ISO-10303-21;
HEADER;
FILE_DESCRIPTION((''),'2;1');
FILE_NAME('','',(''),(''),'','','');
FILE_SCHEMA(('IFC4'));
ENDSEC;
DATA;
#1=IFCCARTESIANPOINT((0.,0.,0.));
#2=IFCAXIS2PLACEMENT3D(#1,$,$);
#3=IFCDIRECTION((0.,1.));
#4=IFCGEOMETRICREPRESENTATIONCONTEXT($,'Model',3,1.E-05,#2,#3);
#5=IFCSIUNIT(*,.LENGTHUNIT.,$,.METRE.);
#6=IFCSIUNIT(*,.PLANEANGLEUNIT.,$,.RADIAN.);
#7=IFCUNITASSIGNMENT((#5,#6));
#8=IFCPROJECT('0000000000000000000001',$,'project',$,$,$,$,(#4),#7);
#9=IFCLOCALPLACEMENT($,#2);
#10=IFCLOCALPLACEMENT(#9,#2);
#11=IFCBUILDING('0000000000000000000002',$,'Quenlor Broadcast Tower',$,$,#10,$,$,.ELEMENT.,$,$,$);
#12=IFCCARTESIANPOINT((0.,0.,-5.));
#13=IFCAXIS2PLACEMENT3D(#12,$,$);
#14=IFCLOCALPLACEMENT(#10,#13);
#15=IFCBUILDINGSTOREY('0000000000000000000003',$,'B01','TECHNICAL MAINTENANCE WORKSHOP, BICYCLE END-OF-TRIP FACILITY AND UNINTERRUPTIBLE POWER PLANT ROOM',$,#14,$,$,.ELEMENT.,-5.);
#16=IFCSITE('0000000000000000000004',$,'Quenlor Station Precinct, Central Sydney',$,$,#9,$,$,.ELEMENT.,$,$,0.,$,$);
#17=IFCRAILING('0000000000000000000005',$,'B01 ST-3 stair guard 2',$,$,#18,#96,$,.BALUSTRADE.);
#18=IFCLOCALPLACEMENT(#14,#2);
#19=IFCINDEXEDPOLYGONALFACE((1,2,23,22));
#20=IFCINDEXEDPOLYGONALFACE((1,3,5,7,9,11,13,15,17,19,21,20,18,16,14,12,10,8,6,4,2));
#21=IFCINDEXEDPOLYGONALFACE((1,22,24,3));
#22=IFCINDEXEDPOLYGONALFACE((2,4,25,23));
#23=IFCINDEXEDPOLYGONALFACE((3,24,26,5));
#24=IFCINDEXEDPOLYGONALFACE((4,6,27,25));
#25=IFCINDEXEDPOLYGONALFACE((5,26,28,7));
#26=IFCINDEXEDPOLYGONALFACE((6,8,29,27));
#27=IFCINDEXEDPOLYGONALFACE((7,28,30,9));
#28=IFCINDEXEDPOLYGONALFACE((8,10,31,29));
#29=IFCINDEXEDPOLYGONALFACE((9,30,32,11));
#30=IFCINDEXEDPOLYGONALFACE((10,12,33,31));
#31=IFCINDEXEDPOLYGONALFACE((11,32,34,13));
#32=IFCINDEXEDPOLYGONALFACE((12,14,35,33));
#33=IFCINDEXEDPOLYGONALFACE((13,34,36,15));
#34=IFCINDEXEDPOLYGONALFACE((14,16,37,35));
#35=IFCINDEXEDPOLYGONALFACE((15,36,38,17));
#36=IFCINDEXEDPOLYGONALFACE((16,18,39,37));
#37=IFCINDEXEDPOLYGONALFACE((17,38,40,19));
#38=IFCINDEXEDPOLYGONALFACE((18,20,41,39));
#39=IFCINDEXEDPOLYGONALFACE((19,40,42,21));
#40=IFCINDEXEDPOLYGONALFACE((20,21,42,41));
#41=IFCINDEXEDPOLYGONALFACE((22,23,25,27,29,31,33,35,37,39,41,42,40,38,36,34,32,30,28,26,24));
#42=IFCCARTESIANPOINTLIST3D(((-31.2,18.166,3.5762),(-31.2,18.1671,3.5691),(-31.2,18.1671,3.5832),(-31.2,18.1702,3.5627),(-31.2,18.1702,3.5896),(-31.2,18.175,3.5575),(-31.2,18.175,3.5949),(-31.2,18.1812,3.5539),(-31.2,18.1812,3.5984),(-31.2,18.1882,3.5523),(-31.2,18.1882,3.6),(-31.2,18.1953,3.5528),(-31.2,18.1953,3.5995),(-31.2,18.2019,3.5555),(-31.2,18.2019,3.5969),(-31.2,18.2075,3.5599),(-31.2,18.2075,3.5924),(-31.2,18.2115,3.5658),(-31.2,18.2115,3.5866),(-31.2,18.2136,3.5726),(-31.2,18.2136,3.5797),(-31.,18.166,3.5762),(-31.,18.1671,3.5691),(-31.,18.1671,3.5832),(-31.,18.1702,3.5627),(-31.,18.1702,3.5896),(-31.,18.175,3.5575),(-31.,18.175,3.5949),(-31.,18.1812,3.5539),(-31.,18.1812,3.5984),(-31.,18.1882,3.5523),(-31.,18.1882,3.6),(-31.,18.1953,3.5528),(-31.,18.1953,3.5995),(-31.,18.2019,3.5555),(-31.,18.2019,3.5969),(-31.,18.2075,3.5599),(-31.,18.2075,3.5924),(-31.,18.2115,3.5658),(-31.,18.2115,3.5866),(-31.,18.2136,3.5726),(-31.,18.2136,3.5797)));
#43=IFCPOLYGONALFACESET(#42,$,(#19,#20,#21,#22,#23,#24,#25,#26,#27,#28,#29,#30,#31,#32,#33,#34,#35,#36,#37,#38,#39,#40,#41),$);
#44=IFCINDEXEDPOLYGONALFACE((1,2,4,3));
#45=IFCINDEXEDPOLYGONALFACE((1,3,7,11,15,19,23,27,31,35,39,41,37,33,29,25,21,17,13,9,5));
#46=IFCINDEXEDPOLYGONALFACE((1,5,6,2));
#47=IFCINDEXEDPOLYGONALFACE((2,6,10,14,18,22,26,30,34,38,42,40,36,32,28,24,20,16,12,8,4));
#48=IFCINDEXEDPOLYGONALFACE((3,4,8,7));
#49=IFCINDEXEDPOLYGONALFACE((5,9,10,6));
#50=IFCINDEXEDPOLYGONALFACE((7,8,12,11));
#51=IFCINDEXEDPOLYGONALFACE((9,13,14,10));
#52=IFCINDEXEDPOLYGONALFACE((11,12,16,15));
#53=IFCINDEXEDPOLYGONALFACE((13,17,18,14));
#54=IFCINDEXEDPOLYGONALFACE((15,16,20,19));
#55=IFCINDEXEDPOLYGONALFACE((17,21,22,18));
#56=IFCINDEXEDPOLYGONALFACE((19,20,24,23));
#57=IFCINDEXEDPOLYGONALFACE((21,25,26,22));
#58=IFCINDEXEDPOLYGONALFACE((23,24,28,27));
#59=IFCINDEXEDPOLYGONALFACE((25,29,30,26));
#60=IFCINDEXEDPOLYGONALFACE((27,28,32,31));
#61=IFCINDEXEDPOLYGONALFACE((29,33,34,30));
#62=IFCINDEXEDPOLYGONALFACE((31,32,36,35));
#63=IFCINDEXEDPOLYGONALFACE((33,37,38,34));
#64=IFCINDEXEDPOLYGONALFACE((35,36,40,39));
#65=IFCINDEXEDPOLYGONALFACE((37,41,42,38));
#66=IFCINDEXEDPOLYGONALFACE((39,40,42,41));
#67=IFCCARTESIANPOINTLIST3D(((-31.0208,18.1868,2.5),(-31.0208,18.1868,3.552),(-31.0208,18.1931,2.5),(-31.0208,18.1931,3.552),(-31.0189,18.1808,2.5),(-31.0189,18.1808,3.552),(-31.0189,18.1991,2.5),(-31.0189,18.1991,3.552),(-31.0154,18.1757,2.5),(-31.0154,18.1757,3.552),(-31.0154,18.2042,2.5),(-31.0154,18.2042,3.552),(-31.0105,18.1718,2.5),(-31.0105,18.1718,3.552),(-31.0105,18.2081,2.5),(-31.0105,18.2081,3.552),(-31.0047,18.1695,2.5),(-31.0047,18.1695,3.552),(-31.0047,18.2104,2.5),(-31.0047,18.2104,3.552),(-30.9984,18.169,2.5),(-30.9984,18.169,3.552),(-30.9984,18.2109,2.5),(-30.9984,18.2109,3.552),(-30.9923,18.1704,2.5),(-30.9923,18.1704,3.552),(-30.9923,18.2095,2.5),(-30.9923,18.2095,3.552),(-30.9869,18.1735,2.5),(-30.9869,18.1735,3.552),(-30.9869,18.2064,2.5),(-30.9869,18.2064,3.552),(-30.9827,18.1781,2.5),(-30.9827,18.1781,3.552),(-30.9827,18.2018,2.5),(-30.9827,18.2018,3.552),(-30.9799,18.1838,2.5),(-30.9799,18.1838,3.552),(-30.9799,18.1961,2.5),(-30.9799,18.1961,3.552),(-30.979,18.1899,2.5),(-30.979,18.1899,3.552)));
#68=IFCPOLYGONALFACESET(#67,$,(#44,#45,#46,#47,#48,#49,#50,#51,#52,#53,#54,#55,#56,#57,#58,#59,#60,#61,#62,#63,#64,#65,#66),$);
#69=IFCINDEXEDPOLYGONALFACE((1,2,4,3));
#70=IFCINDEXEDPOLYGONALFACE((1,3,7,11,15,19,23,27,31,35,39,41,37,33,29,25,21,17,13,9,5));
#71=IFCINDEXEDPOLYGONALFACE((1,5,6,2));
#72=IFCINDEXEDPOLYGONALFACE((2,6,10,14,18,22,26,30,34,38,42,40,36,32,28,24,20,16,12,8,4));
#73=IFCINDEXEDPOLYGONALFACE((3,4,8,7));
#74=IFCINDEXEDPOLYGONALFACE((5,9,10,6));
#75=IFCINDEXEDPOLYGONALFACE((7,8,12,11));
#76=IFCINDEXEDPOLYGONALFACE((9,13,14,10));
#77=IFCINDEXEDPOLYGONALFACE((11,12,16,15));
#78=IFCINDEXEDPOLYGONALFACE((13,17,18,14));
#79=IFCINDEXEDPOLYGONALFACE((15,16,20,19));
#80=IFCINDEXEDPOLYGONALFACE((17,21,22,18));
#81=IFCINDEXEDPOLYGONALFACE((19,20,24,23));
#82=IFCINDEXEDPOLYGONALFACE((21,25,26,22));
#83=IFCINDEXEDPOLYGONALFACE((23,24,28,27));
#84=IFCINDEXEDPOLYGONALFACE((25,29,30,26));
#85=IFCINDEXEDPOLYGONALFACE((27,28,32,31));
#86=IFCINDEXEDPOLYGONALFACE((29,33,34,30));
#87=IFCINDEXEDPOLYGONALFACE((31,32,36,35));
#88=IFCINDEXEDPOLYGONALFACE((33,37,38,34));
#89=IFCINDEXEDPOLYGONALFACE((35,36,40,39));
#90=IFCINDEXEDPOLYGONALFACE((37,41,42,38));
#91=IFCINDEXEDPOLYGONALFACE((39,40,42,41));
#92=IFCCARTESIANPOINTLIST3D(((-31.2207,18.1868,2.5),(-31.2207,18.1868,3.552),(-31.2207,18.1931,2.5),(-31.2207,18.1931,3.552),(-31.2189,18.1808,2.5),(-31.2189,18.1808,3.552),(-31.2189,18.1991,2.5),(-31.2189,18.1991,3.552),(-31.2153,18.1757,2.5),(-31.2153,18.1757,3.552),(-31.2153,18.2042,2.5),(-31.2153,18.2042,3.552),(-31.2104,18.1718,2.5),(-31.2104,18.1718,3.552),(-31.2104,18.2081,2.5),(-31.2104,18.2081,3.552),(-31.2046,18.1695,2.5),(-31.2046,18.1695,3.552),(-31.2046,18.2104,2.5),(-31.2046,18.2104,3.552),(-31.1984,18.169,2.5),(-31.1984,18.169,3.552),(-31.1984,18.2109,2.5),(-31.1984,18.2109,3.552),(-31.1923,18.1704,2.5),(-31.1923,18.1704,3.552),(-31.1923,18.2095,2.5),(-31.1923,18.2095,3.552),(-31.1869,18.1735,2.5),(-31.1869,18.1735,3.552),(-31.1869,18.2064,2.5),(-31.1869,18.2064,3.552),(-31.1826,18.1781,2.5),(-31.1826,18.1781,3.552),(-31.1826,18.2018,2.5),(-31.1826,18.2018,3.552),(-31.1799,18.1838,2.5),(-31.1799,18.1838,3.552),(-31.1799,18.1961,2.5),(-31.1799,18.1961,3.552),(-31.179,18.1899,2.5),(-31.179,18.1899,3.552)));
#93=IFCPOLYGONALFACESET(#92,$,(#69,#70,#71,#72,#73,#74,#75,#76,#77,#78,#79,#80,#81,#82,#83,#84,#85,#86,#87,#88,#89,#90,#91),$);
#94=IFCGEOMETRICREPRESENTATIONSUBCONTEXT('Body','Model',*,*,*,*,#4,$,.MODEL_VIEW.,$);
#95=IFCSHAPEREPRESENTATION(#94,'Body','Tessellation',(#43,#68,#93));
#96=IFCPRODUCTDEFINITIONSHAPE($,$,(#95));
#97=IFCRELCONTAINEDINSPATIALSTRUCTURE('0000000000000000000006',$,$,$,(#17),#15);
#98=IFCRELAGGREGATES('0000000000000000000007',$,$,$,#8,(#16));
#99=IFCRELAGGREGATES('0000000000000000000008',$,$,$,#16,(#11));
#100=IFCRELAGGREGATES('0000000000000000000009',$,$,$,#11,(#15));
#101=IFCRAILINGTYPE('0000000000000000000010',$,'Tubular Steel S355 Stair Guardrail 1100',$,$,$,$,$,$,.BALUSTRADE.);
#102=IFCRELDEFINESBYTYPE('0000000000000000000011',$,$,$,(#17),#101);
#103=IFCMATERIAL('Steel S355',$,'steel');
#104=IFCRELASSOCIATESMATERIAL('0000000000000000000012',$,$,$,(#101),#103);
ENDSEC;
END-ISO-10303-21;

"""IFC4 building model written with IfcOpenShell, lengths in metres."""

from ifc_helpers import new_model, si_unit, direction, frame, origin, origin_2d, place, context, subcontext, project, spatial, circle, extrude, material, type_object, element, save


model = new_model("IFC4")

# Units and contexts
model_context = context("Model", 3, precision=1e-05, world=origin(), true_north=direction((0.0, 1.0)))
body_context = subcontext(model_context, "Body", "Model", "MODEL_VIEW")
ifc_project = project(units=[si_unit("LENGTHUNIT", "METRE"), si_unit("PLANEANGLEUNIT", "RADIAN")], contexts=[model_context])

# Site, building, storey
site_placement = place(None, origin())
site = spatial("IfcSite", under=ifc_project, at=site_placement, Name="Quenlor Station Precinct, Central Sydney", CompositionType="ELEMENT", RefElevation=0.0)
building_placement = place(site_placement, origin())
building = spatial("IfcBuilding", under=site, at=building_placement, Name="Quenlor Broadcast Tower", CompositionType="ELEMENT")
storey_placement = place(building_placement, frame((0.0, 0.0, -5.0)))
storey = spatial("IfcBuildingStorey", under=building, at=storey_placement, Name="B01", Description="TECHNICAL MAINTENANCE WORKSHOP, BICYCLE END-OF-TRIP FACILITY AND UNINTERRUPTIBLE POWER PLANT ROOM", CompositionType="ELEMENT", Elevation=-5.0)

# Railing
ifc_material_1 = material(Name="Steel S355", Category="steel")
railing_type_1 = type_object("IfcRailingType", Name="Tubular Steel S355 Stair Guardrail 1100", PredefinedType="BALUSTRADE", material=ifc_material_1)
railing_1_placement = place(storey_placement, frame((-31.0, 18.1899, 2.5)))
element("IfcRailing", 1, at=railing_1_placement, inside=storey, type_object=railing_type_1, Name="B01 ST-3 stair guard 2", PredefinedType="BALUSTRADE", context=body_context, shape_type="SweptSolid", body=[
    extrude(circle(Radius=0.0239, at=origin_2d()), frame((0.0, 0.0, 1.0762), z_axis=(-1.0, 0.0, 0.0), x_axis=(0.0, -1.0, 0.0)), (0.0, 0.0, 1.0), 0.2),
    extrude(circle(Radius=0.021, at=origin_2d()), origin(), (0.0, 0.0, 1.0), 1.052),
    extrude(circle(Radius=0.021, at=origin_2d()), frame((-0.2, 0.0, 0.0)), (0.0, 0.0, 1.0), 1.052),
])

save(model, "model.ifc")
